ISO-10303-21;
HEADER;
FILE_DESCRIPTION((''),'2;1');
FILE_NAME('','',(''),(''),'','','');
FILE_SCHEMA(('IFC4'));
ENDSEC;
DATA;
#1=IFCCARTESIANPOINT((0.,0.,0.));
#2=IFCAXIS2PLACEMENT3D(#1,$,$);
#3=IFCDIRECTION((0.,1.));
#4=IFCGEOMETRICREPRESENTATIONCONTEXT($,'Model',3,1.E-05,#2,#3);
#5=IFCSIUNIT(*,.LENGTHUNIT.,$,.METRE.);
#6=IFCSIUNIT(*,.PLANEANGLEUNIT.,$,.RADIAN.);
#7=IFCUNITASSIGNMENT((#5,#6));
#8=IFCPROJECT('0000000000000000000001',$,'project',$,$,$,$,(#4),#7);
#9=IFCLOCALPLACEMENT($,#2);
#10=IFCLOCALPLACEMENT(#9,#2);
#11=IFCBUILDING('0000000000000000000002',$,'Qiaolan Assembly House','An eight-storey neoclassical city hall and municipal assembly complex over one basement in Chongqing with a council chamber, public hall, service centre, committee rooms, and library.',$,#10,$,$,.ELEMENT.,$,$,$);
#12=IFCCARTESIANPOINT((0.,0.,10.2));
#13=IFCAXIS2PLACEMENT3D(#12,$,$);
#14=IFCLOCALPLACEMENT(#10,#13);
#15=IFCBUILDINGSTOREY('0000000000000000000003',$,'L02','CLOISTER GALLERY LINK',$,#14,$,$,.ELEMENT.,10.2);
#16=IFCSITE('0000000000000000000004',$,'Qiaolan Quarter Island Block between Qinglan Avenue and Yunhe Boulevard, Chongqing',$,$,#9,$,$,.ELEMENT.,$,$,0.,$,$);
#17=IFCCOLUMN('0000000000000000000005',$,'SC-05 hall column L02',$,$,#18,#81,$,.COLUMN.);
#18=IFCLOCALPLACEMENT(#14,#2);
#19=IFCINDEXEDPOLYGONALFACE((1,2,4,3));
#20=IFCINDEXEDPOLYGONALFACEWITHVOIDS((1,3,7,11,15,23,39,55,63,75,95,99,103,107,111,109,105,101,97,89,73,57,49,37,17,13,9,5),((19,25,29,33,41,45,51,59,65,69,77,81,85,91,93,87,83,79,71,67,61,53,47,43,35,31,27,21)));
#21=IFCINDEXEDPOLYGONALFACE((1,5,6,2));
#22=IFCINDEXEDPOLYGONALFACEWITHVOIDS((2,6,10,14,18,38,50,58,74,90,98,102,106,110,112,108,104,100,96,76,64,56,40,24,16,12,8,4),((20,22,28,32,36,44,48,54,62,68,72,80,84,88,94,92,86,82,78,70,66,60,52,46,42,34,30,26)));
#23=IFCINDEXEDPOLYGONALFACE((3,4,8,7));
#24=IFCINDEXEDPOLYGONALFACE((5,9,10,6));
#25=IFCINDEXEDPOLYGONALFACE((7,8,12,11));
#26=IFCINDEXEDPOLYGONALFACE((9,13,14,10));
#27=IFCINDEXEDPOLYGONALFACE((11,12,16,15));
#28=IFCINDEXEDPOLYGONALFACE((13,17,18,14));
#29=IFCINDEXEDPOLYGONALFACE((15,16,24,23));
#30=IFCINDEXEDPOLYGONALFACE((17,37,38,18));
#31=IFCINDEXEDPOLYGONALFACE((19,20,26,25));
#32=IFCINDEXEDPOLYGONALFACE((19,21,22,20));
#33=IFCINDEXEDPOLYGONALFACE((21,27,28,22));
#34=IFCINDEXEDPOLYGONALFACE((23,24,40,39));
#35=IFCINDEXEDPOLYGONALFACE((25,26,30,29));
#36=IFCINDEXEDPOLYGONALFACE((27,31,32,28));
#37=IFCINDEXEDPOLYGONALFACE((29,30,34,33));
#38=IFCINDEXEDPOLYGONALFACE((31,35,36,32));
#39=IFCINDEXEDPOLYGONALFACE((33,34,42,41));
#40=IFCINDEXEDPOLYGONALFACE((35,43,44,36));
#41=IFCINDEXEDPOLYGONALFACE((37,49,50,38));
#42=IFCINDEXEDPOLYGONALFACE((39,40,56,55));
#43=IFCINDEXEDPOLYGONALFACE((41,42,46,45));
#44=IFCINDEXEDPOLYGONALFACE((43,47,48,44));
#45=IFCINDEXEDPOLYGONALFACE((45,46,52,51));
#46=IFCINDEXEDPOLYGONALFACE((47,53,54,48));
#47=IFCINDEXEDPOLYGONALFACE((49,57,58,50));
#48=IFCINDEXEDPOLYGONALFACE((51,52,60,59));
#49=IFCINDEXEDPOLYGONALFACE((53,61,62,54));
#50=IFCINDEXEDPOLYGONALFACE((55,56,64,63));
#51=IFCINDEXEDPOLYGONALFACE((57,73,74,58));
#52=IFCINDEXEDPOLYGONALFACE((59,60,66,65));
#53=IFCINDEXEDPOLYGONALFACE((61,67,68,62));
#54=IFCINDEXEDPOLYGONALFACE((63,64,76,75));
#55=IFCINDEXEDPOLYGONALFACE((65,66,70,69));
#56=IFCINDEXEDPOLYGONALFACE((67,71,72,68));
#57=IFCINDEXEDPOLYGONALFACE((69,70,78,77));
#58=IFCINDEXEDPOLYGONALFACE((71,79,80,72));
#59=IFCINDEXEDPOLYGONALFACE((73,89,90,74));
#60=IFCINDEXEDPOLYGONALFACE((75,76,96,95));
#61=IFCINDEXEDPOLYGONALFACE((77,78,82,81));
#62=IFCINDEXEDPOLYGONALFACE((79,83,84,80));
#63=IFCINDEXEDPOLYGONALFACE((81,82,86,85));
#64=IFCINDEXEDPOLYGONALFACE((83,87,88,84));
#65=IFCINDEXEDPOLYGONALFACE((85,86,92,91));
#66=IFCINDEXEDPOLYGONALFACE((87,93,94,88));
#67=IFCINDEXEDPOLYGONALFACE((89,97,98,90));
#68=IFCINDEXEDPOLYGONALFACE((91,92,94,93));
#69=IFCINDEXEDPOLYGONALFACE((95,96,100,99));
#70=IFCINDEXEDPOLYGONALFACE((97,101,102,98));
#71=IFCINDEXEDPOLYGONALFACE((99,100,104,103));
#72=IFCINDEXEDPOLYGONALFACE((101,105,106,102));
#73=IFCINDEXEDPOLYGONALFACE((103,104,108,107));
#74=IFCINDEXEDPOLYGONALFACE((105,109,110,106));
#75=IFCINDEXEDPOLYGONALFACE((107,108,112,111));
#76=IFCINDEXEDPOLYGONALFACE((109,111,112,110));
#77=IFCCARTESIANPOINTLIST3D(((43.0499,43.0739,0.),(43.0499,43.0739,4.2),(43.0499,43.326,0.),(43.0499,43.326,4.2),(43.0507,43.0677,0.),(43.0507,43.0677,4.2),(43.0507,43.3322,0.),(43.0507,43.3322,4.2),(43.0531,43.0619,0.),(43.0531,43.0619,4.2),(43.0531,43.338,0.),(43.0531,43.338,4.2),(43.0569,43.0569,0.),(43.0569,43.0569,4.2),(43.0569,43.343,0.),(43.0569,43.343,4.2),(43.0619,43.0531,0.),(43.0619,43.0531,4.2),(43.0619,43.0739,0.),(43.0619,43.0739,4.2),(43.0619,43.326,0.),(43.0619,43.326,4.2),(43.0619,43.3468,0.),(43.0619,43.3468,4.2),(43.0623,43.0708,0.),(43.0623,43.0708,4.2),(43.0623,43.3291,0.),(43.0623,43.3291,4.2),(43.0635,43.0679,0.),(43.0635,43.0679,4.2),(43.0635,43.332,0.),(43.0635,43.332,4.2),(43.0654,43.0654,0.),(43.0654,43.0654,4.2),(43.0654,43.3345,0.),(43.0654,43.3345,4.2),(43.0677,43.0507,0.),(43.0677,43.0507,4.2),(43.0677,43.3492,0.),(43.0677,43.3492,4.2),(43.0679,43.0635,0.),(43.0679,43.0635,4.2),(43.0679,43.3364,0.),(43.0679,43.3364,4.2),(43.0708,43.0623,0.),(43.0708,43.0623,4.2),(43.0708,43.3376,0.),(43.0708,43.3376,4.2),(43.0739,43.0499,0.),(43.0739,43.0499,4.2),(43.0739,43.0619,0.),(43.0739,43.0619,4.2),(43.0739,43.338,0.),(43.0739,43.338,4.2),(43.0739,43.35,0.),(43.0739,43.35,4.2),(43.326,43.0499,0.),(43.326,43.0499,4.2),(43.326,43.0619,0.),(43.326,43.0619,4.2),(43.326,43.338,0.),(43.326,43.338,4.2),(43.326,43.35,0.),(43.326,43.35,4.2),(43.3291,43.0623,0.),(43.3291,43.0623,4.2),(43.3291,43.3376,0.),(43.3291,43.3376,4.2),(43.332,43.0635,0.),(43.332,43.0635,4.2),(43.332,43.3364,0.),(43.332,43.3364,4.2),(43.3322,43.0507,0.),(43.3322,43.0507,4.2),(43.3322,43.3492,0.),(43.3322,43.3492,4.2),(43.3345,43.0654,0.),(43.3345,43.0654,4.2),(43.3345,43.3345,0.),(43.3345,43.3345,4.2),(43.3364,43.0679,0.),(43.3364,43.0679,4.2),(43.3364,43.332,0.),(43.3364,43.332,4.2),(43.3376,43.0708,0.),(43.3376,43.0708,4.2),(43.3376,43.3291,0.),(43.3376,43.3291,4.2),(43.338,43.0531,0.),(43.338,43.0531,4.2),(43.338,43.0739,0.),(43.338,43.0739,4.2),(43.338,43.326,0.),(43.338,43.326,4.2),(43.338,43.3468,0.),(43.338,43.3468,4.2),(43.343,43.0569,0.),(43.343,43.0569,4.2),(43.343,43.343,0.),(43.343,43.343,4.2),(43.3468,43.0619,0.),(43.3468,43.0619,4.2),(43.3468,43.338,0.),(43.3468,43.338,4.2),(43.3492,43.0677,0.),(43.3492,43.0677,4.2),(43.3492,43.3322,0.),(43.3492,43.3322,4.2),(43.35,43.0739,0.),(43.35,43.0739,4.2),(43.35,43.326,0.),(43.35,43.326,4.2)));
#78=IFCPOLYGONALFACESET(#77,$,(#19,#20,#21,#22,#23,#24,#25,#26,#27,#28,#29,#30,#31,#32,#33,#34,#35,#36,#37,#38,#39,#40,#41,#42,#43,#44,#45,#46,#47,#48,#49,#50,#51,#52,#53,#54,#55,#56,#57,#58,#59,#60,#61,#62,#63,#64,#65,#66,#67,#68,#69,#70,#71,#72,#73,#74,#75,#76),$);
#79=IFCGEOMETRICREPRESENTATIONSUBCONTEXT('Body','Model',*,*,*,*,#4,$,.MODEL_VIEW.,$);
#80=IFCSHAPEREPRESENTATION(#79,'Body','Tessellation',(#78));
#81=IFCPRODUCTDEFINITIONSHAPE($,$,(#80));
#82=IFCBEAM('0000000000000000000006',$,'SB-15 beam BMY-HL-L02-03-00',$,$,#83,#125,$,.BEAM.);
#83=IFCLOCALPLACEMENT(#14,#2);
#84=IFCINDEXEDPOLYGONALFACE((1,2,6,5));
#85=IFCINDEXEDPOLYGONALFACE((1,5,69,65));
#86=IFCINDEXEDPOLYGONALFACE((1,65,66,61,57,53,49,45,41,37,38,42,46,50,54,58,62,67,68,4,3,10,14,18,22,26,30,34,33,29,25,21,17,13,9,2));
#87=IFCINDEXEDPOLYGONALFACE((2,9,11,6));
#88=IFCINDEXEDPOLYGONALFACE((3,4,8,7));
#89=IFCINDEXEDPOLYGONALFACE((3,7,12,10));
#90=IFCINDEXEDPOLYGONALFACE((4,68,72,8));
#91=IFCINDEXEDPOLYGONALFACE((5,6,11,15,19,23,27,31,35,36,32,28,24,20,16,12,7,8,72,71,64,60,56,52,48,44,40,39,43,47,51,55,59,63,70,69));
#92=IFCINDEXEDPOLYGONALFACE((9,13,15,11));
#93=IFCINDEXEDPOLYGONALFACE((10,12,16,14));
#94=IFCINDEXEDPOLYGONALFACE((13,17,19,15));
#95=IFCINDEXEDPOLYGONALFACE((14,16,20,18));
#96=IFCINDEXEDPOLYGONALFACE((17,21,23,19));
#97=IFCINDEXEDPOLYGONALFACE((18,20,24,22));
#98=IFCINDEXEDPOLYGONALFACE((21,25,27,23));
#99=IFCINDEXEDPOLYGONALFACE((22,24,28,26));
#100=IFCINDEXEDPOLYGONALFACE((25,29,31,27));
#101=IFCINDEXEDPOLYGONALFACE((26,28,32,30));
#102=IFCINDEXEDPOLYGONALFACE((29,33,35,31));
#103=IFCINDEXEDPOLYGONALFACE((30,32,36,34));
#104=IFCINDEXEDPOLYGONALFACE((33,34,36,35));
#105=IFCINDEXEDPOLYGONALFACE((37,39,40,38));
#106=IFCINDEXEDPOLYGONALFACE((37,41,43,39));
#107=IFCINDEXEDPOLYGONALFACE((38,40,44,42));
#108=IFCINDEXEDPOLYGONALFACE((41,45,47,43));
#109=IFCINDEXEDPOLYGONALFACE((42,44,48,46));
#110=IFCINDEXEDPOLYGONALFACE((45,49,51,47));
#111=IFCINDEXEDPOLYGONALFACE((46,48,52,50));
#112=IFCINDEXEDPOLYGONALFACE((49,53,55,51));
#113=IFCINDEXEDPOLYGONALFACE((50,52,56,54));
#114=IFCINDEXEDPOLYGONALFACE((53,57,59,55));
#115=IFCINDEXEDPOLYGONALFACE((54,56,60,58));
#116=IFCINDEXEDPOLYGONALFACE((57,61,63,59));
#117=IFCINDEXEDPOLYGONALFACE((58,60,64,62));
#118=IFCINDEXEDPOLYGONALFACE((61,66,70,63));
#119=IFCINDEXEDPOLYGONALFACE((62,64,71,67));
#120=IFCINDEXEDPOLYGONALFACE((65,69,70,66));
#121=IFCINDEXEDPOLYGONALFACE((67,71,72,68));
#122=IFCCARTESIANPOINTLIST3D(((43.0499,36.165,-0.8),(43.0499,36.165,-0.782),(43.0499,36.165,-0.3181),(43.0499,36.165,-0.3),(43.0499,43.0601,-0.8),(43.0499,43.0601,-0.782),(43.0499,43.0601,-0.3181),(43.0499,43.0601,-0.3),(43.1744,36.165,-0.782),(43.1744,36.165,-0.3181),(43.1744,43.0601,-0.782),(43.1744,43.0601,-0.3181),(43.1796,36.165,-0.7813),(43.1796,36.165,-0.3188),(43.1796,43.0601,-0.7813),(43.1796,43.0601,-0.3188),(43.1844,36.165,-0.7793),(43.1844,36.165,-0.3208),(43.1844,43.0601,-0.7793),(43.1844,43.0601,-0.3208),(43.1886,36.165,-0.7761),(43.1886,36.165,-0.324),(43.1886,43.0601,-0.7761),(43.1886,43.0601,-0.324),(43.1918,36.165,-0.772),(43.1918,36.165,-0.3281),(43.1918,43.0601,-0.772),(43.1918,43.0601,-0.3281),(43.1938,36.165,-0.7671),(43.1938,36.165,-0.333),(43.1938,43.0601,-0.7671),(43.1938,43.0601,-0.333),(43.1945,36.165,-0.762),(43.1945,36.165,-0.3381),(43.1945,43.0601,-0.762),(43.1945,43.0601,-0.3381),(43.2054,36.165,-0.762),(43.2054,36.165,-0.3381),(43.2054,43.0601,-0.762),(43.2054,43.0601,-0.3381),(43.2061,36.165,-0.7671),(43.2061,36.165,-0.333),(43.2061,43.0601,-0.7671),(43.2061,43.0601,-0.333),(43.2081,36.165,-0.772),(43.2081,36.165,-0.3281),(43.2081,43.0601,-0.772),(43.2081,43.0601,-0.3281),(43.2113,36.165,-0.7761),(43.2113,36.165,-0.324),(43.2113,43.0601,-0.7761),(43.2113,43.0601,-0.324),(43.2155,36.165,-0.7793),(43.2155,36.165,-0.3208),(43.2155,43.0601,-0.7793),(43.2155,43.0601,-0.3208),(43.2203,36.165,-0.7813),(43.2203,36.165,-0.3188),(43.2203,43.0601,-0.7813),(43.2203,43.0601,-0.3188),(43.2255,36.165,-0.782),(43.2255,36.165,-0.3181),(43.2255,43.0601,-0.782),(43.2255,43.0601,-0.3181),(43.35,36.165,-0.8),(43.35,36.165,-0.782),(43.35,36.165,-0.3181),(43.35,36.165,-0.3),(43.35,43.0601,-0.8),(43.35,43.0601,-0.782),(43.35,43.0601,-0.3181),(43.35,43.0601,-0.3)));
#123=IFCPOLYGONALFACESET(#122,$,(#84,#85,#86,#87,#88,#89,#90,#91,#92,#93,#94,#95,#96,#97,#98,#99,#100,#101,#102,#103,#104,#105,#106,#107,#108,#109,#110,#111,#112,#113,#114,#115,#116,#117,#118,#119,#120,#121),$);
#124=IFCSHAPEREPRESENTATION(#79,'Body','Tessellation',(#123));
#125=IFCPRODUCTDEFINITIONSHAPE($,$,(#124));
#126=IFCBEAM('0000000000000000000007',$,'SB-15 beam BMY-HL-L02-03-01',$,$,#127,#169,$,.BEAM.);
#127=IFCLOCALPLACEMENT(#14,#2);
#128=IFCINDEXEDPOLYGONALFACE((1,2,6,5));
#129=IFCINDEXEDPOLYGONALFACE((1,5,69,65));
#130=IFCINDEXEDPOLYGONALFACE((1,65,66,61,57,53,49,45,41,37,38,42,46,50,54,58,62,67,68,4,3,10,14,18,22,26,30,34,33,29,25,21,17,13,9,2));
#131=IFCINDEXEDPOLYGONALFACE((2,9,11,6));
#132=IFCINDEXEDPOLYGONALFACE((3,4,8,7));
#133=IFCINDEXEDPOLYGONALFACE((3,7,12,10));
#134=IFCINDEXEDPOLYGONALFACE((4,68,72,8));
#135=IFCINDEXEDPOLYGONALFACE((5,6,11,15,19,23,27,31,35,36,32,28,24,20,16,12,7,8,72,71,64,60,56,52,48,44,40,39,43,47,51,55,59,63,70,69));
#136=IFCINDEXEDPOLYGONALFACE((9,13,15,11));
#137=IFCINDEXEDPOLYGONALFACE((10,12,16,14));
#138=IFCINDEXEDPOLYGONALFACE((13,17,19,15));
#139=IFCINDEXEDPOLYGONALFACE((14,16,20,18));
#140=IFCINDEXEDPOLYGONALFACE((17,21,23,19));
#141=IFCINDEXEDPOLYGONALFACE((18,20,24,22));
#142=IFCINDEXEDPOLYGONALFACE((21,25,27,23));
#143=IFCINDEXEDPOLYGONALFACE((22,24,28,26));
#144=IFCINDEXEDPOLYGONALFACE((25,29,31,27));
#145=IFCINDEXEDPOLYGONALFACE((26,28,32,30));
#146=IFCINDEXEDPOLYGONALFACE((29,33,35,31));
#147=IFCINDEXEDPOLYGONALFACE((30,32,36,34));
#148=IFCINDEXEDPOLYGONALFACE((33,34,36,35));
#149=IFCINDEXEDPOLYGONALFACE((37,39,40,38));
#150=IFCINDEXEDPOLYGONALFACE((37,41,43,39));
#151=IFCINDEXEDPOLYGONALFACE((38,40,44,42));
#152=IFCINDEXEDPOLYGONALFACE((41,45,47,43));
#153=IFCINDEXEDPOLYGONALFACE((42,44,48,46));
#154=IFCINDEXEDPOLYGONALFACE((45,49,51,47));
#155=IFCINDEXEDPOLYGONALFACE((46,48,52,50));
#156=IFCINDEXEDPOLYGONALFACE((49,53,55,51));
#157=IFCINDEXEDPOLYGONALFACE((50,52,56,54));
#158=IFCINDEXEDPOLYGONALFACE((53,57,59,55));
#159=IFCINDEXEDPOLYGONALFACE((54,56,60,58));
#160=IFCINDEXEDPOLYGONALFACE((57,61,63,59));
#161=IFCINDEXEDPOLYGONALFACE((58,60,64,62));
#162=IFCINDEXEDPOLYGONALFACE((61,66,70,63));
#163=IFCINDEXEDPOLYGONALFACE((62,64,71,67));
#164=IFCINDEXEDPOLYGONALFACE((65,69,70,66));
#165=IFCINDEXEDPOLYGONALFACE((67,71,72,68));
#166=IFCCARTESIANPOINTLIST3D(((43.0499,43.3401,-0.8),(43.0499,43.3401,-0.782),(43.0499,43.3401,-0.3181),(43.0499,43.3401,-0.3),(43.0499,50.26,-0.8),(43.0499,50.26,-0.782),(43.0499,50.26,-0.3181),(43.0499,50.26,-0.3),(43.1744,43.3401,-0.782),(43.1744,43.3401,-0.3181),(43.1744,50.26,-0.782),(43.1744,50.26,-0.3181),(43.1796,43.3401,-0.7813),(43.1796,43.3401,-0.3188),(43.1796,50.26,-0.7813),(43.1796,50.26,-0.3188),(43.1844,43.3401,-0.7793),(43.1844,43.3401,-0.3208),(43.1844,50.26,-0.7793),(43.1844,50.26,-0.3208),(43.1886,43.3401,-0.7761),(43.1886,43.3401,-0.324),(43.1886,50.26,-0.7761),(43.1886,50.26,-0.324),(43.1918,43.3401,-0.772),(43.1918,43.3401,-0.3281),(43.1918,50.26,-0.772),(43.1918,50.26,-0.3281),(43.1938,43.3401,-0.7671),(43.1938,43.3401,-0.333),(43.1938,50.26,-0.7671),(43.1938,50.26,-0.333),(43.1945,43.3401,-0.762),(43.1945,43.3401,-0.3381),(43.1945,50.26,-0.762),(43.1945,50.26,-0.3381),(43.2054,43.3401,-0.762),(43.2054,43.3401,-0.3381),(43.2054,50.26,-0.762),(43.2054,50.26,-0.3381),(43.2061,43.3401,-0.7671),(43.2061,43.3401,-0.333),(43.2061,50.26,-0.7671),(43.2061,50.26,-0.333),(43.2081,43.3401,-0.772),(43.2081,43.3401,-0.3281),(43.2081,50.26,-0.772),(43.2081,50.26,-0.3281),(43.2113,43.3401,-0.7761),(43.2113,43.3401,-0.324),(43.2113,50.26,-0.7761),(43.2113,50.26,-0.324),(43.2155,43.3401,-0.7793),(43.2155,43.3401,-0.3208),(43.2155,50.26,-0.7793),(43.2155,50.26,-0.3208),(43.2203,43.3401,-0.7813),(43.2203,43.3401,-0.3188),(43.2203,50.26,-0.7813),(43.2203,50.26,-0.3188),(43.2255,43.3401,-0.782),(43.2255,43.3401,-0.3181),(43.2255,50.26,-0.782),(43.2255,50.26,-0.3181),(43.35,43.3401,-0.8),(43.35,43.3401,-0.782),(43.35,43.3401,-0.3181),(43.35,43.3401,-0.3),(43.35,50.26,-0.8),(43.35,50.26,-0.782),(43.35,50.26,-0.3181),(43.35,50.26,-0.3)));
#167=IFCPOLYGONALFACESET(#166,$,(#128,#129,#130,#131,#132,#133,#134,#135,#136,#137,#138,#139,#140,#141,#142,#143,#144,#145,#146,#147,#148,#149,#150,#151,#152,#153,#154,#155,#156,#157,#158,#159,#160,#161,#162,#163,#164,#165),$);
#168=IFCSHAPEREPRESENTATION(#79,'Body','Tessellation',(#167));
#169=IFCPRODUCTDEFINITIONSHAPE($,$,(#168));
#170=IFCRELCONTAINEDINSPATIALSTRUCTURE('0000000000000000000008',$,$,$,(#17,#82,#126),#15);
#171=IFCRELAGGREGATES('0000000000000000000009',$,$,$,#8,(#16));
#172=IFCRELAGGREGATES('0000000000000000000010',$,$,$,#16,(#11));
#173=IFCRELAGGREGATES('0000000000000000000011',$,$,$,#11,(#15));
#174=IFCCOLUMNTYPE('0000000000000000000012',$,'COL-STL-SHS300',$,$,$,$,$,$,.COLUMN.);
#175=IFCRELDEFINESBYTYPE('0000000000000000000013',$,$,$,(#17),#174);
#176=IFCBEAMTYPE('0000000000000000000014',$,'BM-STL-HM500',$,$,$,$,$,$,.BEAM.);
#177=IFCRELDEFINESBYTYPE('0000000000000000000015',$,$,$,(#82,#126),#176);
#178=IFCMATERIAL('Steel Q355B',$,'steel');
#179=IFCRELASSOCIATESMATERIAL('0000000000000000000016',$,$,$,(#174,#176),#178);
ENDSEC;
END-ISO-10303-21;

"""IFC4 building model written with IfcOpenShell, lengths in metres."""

from ifc_helpers import new_model, si_unit, direction, frame, origin, origin_2d, place, context, subcontext, project, spatial, hollow_rectangle, i_section, extrude, material, material_profile, profile_set, type_object, element, save


model = new_model("IFC4")

# Units and contexts
model_context = context("Model", 3, precision=1e-05, world=origin(), true_north=direction((0.0, 1.0)))
body_context = subcontext(model_context, "Body", "Model", "MODEL_VIEW")
ifc_project = project(units=[si_unit("LENGTHUNIT", "METRE"), si_unit("PLANEANGLEUNIT", "RADIAN")], contexts=[model_context])

# Site, building, storey
site_placement = place(None, origin())
site = spatial("IfcSite", under=ifc_project, at=site_placement, Name="Qiaolan Quarter Island Block between Qinglan Avenue and Yunhe Boulevard, Chongqing", CompositionType="ELEMENT", RefElevation=0.0)
building_placement = place(site_placement, origin())
building = spatial("IfcBuilding", under=site, at=building_placement, Name="Qiaolan Assembly House", Description="An eight-storey neoclassical city hall and municipal assembly complex over one basement in Chongqing with a council chamber, public hall, service centre, committee rooms, and library.", CompositionType="ELEMENT")
storey_placement = place(building_placement, frame((0.0, 0.0, 10.2)))
storey = spatial("IfcBuildingStorey", under=building, at=storey_placement, Name="L02", Description="CLOISTER GALLERY LINK", CompositionType="ELEMENT", Elevation=10.2)

# Column
ifc_material_1 = material(Name="Steel Q355B", Category="steel")
ifc_material_profile_1 = material_profile(ifc_material_1, hollow_rectangle(XDim=0.3, YDim=0.3, WallThickness=0.012, InnerFilletRadius=0.012, OuterFilletRadius=0.0239, at=origin_2d()), Name="SHS 300x300x12")
ifc_profile_set_1 = profile_set([ifc_material_profile_1], Name="Steel Q355B")
column_type_1 = type_object("IfcColumnType", Name="COL-STL-SHS300", PredefinedType="COLUMN", material=ifc_profile_set_1)
column_placement = place(storey_placement, frame((43.2, 43.2, 0.0), z_axis=(0.0, 0.0, 1.0), x_axis=(1.0, 0.0, 0.0)))
element("IfcColumn", 1, at=column_placement, inside=storey, type_object=column_type_1, Name="SC-05 hall column L02", PredefinedType="COLUMN", context=body_context, shape_type="SweptSolid", body=[
    extrude(hollow_rectangle(XDim=0.3, YDim=0.3, WallThickness=0.012, InnerFilletRadius=0.012, OuterFilletRadius=0.0239, at=origin_2d()), origin(), (0.0, 0.0, 1.0), 4.2),
])

# Beams
ifc_material_profile_2 = material_profile(ifc_material_1, i_section(OverallWidth=0.3, OverallDepth=0.5, WebThickness=0.011, FlangeThickness=0.0181, FilletRadius=0.02, at=origin_2d()), Name="HM 500x300x11x18")
ifc_profile_set_2 = profile_set([ifc_material_profile_2], Name="Steel Q355B")
beam_type_1 = type_object("IfcBeamType", Name="BM-STL-HM500", PredefinedType="BEAM", material=ifc_profile_set_2)
beam_1_placement = place(storey_placement, frame((43.2, 36.165, -0.55), z_axis=(0.0, 1.0, 0.0), x_axis=(-1.0, 0.0, 0.0)))
element("IfcBeam", 2, at=beam_1_placement, inside=storey, type_object=beam_type_1, Name="SB-15 beam BMY-HL-L02-03-00", PredefinedType="BEAM", context=body_context, shape_type="SweptSolid", body=[
    extrude(i_section(OverallWidth=0.3, OverallDepth=0.5, WebThickness=0.011, FlangeThickness=0.0181, FilletRadius=0.02, at=origin_2d()), origin(), (0.0, 0.0, 1.0), 6.895),
])
beam_2_placement = place(storey_placement, frame((43.2, 43.3401, -0.55), z_axis=(0.0, 1.0, 0.0), x_axis=(-1.0, 0.0, 0.0)))
element("IfcBeam", 3, at=beam_2_placement, inside=storey, type_object=beam_type_1, Name="SB-15 beam BMY-HL-L02-03-01", PredefinedType="BEAM", context=body_context, shape_type="SweptSolid", body=[
    extrude(i_section(OverallWidth=0.3, OverallDepth=0.5, WebThickness=0.011, FlangeThickness=0.0181, FilletRadius=0.02, at=origin_2d()), origin(), (0.0, 0.0, 1.0), 6.9199),
])

save(model, "model.ifc")
